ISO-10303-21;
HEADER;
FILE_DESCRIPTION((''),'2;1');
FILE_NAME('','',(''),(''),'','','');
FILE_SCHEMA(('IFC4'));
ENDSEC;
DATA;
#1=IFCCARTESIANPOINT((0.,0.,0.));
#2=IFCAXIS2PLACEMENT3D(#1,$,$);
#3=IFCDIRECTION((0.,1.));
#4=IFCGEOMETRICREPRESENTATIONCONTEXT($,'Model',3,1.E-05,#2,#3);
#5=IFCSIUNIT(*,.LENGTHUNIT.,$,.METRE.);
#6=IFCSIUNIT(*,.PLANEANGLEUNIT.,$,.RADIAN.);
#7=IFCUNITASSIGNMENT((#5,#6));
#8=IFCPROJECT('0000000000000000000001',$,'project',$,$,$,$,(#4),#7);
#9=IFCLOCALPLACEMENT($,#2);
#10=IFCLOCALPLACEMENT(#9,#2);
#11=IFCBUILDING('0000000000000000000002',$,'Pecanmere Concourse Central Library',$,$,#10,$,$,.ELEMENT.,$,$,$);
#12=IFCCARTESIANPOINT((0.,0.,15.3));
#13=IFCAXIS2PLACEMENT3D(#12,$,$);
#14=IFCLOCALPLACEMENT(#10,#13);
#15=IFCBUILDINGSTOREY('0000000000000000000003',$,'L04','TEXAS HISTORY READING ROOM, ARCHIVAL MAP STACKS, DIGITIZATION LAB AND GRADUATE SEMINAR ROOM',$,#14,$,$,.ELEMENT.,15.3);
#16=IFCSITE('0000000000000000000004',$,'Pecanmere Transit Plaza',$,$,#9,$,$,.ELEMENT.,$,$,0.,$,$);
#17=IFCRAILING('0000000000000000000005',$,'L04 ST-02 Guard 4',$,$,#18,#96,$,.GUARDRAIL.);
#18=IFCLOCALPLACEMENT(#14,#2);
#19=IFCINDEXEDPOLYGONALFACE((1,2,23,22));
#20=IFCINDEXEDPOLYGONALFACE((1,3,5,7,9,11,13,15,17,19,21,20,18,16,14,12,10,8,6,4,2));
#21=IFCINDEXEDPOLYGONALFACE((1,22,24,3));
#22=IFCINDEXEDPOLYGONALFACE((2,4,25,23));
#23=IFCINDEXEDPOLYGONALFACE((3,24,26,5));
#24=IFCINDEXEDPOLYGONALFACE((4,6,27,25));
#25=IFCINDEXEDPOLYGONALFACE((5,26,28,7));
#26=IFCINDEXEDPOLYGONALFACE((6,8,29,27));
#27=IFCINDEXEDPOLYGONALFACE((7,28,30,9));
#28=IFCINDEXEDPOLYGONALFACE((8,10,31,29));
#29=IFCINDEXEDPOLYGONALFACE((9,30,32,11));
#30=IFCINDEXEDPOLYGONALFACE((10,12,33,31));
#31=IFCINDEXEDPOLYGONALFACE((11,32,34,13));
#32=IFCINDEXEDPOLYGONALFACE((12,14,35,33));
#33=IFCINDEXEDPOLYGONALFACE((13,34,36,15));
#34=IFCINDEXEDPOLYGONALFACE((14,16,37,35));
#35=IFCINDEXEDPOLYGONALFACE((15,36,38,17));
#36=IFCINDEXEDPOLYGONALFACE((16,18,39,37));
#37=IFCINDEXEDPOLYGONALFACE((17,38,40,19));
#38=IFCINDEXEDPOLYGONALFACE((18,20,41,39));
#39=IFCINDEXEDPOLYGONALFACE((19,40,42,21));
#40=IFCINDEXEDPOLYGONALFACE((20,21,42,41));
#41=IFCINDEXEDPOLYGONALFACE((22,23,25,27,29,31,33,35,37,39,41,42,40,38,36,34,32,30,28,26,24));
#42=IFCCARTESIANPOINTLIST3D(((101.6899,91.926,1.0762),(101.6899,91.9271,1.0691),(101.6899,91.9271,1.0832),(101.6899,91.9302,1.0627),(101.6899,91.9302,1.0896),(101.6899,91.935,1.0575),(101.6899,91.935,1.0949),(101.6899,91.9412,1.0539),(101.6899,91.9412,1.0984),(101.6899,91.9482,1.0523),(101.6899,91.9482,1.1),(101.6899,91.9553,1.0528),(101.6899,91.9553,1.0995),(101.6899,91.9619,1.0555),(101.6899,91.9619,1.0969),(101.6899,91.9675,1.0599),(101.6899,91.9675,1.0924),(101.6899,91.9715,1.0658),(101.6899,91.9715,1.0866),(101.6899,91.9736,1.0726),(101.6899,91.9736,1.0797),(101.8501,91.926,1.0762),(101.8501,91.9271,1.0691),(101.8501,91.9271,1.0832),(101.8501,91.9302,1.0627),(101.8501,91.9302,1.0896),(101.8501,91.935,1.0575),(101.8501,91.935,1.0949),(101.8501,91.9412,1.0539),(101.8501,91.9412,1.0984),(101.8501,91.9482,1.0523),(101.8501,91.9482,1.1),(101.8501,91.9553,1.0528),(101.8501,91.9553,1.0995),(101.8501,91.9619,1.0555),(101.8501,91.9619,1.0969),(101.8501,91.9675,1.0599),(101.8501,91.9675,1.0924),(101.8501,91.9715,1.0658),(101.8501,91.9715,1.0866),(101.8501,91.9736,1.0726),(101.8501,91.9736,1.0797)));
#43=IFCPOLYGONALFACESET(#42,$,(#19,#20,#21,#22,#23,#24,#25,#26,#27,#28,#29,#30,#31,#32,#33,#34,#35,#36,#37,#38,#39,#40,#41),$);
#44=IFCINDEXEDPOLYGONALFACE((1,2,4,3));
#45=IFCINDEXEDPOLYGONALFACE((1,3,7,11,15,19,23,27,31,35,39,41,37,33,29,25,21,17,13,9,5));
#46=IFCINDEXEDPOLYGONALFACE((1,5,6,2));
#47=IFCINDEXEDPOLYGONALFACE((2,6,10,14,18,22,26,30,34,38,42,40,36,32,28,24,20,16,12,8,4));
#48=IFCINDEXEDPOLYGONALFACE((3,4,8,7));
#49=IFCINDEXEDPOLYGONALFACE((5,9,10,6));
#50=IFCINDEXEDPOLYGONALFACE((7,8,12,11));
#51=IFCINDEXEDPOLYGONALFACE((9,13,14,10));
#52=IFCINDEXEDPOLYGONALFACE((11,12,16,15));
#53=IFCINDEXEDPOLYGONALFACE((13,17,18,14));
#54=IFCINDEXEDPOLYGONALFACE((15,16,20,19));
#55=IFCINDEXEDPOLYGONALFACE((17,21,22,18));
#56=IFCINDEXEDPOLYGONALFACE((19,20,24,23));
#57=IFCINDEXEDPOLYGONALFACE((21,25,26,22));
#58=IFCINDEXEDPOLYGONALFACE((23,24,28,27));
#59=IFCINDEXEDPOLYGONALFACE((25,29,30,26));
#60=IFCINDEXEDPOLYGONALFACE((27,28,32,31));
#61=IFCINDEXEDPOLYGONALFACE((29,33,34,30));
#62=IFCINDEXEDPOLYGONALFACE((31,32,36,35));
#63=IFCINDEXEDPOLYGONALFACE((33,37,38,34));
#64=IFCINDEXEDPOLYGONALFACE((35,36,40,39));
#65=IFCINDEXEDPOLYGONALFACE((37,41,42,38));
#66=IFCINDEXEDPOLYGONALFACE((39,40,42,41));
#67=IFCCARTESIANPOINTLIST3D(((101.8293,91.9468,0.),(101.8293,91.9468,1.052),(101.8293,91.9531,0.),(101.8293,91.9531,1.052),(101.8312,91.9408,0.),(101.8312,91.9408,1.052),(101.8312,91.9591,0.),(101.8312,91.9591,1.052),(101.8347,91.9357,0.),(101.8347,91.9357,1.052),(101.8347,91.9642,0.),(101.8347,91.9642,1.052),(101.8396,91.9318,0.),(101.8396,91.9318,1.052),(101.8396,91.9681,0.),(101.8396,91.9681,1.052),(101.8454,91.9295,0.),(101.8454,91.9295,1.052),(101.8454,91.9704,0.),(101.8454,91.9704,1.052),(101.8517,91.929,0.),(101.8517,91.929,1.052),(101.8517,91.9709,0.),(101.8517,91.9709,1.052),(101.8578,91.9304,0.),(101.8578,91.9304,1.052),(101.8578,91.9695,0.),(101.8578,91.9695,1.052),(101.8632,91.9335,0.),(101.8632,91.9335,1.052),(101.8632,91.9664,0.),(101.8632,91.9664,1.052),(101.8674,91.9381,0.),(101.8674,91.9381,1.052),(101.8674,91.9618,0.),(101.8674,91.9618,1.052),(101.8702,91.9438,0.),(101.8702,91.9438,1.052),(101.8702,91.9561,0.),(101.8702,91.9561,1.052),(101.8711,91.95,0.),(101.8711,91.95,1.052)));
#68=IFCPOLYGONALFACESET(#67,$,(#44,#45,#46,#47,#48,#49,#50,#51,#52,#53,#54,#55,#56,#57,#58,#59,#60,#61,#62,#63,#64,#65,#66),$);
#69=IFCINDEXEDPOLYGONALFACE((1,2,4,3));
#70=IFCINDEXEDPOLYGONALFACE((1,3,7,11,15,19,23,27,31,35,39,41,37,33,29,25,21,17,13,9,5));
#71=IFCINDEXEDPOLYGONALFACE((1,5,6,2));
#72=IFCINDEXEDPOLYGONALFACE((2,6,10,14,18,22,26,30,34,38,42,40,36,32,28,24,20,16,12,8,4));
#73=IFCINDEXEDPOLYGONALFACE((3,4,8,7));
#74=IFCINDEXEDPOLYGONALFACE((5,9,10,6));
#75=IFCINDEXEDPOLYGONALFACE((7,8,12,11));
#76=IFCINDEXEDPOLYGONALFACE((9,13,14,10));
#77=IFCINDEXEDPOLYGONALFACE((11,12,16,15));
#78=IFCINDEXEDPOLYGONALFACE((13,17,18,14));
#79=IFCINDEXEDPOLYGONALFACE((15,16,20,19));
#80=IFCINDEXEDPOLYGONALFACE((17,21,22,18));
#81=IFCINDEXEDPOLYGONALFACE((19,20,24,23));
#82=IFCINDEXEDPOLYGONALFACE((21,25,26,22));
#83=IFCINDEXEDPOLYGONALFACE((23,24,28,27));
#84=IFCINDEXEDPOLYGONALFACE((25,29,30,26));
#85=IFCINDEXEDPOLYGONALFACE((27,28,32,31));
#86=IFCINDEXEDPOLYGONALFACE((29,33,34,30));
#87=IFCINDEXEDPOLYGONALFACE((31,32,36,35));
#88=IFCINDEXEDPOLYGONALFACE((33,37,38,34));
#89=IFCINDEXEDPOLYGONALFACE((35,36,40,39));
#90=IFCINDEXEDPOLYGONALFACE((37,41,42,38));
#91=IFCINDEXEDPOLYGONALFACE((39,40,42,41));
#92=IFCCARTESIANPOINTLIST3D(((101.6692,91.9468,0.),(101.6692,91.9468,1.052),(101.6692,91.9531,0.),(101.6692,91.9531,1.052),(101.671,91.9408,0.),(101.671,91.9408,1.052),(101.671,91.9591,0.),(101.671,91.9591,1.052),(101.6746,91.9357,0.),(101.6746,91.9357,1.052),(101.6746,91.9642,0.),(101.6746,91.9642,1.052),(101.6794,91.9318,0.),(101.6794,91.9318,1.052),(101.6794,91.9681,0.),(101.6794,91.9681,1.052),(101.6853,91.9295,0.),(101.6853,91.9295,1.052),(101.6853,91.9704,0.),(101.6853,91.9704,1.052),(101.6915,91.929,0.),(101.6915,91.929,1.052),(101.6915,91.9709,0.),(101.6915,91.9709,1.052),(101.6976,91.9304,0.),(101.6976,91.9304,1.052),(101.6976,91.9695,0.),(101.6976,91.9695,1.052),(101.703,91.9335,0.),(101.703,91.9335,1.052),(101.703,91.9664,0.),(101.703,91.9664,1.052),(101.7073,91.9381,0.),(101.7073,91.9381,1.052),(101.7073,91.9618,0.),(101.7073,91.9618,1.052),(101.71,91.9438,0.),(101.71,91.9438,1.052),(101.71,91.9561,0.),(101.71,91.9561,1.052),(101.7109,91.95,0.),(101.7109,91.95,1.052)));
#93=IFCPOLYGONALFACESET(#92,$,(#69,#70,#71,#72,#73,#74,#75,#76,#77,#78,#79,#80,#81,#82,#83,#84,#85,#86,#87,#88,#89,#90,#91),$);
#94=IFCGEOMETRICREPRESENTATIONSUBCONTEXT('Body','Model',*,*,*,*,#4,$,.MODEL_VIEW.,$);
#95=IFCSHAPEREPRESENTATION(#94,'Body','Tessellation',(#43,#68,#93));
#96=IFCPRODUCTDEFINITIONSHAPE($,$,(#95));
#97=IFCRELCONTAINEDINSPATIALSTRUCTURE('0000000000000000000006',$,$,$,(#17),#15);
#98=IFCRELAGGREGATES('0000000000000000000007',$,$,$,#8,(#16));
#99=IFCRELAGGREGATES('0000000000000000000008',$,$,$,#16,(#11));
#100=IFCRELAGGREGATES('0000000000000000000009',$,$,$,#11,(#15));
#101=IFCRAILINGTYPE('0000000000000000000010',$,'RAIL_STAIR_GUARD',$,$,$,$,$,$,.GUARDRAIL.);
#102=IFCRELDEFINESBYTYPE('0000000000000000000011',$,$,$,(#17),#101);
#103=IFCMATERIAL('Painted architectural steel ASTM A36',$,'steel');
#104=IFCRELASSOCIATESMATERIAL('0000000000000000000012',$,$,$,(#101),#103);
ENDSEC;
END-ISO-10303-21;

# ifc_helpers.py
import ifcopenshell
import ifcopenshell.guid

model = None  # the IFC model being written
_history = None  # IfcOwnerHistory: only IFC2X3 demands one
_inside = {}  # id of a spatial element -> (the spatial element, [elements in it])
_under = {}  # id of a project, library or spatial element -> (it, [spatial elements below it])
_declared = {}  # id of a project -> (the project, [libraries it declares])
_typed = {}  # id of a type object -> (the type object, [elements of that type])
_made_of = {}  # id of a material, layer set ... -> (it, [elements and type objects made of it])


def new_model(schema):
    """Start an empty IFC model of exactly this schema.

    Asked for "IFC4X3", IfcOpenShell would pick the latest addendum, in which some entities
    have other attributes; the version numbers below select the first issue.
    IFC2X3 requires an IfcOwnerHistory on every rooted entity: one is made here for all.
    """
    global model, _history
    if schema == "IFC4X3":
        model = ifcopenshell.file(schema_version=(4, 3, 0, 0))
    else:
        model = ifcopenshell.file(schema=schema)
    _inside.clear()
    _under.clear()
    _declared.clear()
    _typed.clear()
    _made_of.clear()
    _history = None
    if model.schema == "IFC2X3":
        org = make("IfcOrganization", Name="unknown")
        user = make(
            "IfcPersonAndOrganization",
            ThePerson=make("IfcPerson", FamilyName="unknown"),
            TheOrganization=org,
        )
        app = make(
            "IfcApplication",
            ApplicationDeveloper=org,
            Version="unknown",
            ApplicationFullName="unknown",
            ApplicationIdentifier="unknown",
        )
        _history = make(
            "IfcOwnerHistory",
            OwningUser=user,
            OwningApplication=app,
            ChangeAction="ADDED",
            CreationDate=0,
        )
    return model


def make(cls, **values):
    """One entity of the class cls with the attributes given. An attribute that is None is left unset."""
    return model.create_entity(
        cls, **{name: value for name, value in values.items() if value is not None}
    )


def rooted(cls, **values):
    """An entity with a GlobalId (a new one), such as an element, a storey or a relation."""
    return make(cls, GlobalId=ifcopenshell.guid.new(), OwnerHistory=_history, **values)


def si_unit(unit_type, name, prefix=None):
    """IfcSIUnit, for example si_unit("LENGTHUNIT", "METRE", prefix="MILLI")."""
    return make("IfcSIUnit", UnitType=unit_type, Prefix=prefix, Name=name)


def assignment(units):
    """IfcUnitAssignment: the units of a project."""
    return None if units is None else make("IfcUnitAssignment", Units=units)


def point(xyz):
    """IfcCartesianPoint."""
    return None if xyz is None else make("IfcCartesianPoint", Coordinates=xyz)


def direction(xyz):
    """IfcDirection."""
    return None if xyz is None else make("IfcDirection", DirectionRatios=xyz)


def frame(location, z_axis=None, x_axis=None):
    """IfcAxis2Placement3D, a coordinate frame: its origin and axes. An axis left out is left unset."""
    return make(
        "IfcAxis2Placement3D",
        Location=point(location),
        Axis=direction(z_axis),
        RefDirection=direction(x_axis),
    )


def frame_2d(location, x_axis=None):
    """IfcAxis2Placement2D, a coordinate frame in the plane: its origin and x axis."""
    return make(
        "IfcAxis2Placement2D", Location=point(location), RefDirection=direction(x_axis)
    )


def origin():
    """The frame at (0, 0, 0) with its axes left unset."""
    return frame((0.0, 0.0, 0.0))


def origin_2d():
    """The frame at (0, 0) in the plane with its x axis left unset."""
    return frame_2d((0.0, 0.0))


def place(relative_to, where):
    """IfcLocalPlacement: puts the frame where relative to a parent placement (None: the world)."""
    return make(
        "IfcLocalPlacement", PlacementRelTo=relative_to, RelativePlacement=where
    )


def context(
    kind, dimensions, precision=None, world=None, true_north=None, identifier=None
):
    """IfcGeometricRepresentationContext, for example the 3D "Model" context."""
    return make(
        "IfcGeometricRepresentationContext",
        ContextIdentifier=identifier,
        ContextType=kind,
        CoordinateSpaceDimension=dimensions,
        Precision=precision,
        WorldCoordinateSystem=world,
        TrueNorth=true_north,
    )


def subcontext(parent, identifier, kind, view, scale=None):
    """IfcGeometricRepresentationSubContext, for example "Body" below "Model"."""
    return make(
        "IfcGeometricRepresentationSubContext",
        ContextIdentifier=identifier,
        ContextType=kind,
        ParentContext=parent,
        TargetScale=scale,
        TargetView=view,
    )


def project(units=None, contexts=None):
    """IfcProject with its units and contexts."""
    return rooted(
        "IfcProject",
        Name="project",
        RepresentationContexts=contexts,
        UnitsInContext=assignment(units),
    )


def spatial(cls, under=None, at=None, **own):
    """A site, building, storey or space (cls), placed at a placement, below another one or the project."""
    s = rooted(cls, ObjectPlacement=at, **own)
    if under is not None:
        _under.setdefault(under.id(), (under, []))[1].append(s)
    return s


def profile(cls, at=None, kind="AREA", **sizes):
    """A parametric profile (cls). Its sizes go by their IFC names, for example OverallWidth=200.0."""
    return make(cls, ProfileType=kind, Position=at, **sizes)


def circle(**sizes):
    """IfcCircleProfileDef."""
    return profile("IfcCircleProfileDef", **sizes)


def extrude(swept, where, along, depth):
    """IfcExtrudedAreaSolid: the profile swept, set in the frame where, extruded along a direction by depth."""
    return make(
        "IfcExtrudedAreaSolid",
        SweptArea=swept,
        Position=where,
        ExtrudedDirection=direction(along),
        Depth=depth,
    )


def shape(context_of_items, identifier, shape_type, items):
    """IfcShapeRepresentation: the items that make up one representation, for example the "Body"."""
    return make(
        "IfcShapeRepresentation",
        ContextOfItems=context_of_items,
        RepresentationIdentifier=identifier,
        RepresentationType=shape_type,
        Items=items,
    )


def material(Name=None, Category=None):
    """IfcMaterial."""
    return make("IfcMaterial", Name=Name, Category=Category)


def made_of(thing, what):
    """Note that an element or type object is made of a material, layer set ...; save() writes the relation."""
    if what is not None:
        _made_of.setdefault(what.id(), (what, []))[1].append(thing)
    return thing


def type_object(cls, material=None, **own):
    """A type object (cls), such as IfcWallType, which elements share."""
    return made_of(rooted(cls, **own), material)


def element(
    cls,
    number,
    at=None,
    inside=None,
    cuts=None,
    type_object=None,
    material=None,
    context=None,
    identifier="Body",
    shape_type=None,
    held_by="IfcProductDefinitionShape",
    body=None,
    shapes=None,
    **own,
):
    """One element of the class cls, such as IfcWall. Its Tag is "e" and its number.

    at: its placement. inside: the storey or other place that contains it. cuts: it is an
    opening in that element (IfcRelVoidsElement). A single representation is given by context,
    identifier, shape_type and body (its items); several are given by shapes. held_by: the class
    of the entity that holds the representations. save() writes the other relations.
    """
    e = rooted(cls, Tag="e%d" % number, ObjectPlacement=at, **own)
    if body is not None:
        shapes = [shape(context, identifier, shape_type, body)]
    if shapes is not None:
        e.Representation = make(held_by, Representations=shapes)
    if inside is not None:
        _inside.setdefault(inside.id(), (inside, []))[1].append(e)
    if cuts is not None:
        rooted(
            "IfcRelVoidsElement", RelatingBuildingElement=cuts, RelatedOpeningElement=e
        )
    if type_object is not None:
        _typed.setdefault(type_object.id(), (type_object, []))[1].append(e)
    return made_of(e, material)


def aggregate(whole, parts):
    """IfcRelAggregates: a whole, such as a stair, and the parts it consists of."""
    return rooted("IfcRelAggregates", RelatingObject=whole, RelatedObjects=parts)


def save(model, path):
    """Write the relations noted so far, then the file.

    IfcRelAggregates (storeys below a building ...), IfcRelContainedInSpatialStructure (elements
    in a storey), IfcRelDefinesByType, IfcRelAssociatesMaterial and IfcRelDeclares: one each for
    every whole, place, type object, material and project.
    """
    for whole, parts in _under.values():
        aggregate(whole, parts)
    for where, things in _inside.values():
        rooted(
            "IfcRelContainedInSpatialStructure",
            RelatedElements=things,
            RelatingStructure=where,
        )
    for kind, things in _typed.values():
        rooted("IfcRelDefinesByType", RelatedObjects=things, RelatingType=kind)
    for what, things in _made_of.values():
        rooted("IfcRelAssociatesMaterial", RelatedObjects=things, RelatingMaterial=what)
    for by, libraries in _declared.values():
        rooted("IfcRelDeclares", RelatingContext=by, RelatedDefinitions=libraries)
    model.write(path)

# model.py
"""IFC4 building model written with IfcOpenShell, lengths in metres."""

from ifc_helpers import new_model, si_unit, direction, frame, origin, origin_2d, place, context, subcontext, project, spatial, circle, extrude, material, type_object, element, save


model = new_model("IFC4")

# Units and contexts
model_context = context("Model", 3, precision=1e-05, world=origin(), true_north=direction((0.0, 1.0)))
body_context = subcontext(model_context, "Body", "Model", "MODEL_VIEW")
ifc_project = project(units=[si_unit("LENGTHUNIT", "METRE"), si_unit("PLANEANGLEUNIT", "RADIAN")], contexts=[model_context])

# Site, building, storey
site_placement = place(None, origin())
site = spatial("IfcSite", under=ifc_project, at=site_placement, Name="Pecanmere Transit Plaza", CompositionType="ELEMENT", RefElevation=0.0)
building_placement = place(site_placement, origin())
building = spatial("IfcBuilding", under=site, at=building_placement, Name="Pecanmere Concourse Central Library", CompositionType="ELEMENT")
storey_placement = place(building_placement, frame((0.0, 0.0, 15.3)))
storey = spatial("IfcBuildingStorey", under=building, at=storey_placement, Name="L04", Description="TEXAS HISTORY READING ROOM, ARCHIVAL MAP STACKS, DIGITIZATION LAB AND GRADUATE SEMINAR ROOM", CompositionType="ELEMENT", Elevation=15.3)

# Railing
ifc_material_1 = material(Name="Painted architectural steel ASTM A36", Category="steel")
railing_type_1 = type_object("IfcRailingType", Name="RAIL_STAIR_GUARD", PredefinedType="GUARDRAIL", material=ifc_material_1)
railing_1_placement = place(storey_placement, frame((101.8501, 91.95, 0.0)))
element("IfcRailing", 1, at=railing_1_placement, inside=storey, type_object=railing_type_1, Name="L04 ST-02 Guard 4", PredefinedType="GUARDRAIL", context=body_context, shape_type="SweptSolid", body=[
    extrude(circle(Radius=0.0239, at=origin_2d()), frame((0.0, 0.0, 1.0762), z_axis=(-1.0, 0.0, 0.0), x_axis=(0.0, -1.0, 0.0)), (0.0, 0.0, 1.0), 0.1602),
    extrude(circle(Radius=0.021, at=origin_2d()), origin(), (0.0, 0.0, 1.0), 1.052),
    extrude(circle(Radius=0.021, at=origin_2d()), frame((-0.1602, 0.0, 0.0)), (0.0, 0.0, 1.0), 1.052),
])

save(model, "model.ifc")
